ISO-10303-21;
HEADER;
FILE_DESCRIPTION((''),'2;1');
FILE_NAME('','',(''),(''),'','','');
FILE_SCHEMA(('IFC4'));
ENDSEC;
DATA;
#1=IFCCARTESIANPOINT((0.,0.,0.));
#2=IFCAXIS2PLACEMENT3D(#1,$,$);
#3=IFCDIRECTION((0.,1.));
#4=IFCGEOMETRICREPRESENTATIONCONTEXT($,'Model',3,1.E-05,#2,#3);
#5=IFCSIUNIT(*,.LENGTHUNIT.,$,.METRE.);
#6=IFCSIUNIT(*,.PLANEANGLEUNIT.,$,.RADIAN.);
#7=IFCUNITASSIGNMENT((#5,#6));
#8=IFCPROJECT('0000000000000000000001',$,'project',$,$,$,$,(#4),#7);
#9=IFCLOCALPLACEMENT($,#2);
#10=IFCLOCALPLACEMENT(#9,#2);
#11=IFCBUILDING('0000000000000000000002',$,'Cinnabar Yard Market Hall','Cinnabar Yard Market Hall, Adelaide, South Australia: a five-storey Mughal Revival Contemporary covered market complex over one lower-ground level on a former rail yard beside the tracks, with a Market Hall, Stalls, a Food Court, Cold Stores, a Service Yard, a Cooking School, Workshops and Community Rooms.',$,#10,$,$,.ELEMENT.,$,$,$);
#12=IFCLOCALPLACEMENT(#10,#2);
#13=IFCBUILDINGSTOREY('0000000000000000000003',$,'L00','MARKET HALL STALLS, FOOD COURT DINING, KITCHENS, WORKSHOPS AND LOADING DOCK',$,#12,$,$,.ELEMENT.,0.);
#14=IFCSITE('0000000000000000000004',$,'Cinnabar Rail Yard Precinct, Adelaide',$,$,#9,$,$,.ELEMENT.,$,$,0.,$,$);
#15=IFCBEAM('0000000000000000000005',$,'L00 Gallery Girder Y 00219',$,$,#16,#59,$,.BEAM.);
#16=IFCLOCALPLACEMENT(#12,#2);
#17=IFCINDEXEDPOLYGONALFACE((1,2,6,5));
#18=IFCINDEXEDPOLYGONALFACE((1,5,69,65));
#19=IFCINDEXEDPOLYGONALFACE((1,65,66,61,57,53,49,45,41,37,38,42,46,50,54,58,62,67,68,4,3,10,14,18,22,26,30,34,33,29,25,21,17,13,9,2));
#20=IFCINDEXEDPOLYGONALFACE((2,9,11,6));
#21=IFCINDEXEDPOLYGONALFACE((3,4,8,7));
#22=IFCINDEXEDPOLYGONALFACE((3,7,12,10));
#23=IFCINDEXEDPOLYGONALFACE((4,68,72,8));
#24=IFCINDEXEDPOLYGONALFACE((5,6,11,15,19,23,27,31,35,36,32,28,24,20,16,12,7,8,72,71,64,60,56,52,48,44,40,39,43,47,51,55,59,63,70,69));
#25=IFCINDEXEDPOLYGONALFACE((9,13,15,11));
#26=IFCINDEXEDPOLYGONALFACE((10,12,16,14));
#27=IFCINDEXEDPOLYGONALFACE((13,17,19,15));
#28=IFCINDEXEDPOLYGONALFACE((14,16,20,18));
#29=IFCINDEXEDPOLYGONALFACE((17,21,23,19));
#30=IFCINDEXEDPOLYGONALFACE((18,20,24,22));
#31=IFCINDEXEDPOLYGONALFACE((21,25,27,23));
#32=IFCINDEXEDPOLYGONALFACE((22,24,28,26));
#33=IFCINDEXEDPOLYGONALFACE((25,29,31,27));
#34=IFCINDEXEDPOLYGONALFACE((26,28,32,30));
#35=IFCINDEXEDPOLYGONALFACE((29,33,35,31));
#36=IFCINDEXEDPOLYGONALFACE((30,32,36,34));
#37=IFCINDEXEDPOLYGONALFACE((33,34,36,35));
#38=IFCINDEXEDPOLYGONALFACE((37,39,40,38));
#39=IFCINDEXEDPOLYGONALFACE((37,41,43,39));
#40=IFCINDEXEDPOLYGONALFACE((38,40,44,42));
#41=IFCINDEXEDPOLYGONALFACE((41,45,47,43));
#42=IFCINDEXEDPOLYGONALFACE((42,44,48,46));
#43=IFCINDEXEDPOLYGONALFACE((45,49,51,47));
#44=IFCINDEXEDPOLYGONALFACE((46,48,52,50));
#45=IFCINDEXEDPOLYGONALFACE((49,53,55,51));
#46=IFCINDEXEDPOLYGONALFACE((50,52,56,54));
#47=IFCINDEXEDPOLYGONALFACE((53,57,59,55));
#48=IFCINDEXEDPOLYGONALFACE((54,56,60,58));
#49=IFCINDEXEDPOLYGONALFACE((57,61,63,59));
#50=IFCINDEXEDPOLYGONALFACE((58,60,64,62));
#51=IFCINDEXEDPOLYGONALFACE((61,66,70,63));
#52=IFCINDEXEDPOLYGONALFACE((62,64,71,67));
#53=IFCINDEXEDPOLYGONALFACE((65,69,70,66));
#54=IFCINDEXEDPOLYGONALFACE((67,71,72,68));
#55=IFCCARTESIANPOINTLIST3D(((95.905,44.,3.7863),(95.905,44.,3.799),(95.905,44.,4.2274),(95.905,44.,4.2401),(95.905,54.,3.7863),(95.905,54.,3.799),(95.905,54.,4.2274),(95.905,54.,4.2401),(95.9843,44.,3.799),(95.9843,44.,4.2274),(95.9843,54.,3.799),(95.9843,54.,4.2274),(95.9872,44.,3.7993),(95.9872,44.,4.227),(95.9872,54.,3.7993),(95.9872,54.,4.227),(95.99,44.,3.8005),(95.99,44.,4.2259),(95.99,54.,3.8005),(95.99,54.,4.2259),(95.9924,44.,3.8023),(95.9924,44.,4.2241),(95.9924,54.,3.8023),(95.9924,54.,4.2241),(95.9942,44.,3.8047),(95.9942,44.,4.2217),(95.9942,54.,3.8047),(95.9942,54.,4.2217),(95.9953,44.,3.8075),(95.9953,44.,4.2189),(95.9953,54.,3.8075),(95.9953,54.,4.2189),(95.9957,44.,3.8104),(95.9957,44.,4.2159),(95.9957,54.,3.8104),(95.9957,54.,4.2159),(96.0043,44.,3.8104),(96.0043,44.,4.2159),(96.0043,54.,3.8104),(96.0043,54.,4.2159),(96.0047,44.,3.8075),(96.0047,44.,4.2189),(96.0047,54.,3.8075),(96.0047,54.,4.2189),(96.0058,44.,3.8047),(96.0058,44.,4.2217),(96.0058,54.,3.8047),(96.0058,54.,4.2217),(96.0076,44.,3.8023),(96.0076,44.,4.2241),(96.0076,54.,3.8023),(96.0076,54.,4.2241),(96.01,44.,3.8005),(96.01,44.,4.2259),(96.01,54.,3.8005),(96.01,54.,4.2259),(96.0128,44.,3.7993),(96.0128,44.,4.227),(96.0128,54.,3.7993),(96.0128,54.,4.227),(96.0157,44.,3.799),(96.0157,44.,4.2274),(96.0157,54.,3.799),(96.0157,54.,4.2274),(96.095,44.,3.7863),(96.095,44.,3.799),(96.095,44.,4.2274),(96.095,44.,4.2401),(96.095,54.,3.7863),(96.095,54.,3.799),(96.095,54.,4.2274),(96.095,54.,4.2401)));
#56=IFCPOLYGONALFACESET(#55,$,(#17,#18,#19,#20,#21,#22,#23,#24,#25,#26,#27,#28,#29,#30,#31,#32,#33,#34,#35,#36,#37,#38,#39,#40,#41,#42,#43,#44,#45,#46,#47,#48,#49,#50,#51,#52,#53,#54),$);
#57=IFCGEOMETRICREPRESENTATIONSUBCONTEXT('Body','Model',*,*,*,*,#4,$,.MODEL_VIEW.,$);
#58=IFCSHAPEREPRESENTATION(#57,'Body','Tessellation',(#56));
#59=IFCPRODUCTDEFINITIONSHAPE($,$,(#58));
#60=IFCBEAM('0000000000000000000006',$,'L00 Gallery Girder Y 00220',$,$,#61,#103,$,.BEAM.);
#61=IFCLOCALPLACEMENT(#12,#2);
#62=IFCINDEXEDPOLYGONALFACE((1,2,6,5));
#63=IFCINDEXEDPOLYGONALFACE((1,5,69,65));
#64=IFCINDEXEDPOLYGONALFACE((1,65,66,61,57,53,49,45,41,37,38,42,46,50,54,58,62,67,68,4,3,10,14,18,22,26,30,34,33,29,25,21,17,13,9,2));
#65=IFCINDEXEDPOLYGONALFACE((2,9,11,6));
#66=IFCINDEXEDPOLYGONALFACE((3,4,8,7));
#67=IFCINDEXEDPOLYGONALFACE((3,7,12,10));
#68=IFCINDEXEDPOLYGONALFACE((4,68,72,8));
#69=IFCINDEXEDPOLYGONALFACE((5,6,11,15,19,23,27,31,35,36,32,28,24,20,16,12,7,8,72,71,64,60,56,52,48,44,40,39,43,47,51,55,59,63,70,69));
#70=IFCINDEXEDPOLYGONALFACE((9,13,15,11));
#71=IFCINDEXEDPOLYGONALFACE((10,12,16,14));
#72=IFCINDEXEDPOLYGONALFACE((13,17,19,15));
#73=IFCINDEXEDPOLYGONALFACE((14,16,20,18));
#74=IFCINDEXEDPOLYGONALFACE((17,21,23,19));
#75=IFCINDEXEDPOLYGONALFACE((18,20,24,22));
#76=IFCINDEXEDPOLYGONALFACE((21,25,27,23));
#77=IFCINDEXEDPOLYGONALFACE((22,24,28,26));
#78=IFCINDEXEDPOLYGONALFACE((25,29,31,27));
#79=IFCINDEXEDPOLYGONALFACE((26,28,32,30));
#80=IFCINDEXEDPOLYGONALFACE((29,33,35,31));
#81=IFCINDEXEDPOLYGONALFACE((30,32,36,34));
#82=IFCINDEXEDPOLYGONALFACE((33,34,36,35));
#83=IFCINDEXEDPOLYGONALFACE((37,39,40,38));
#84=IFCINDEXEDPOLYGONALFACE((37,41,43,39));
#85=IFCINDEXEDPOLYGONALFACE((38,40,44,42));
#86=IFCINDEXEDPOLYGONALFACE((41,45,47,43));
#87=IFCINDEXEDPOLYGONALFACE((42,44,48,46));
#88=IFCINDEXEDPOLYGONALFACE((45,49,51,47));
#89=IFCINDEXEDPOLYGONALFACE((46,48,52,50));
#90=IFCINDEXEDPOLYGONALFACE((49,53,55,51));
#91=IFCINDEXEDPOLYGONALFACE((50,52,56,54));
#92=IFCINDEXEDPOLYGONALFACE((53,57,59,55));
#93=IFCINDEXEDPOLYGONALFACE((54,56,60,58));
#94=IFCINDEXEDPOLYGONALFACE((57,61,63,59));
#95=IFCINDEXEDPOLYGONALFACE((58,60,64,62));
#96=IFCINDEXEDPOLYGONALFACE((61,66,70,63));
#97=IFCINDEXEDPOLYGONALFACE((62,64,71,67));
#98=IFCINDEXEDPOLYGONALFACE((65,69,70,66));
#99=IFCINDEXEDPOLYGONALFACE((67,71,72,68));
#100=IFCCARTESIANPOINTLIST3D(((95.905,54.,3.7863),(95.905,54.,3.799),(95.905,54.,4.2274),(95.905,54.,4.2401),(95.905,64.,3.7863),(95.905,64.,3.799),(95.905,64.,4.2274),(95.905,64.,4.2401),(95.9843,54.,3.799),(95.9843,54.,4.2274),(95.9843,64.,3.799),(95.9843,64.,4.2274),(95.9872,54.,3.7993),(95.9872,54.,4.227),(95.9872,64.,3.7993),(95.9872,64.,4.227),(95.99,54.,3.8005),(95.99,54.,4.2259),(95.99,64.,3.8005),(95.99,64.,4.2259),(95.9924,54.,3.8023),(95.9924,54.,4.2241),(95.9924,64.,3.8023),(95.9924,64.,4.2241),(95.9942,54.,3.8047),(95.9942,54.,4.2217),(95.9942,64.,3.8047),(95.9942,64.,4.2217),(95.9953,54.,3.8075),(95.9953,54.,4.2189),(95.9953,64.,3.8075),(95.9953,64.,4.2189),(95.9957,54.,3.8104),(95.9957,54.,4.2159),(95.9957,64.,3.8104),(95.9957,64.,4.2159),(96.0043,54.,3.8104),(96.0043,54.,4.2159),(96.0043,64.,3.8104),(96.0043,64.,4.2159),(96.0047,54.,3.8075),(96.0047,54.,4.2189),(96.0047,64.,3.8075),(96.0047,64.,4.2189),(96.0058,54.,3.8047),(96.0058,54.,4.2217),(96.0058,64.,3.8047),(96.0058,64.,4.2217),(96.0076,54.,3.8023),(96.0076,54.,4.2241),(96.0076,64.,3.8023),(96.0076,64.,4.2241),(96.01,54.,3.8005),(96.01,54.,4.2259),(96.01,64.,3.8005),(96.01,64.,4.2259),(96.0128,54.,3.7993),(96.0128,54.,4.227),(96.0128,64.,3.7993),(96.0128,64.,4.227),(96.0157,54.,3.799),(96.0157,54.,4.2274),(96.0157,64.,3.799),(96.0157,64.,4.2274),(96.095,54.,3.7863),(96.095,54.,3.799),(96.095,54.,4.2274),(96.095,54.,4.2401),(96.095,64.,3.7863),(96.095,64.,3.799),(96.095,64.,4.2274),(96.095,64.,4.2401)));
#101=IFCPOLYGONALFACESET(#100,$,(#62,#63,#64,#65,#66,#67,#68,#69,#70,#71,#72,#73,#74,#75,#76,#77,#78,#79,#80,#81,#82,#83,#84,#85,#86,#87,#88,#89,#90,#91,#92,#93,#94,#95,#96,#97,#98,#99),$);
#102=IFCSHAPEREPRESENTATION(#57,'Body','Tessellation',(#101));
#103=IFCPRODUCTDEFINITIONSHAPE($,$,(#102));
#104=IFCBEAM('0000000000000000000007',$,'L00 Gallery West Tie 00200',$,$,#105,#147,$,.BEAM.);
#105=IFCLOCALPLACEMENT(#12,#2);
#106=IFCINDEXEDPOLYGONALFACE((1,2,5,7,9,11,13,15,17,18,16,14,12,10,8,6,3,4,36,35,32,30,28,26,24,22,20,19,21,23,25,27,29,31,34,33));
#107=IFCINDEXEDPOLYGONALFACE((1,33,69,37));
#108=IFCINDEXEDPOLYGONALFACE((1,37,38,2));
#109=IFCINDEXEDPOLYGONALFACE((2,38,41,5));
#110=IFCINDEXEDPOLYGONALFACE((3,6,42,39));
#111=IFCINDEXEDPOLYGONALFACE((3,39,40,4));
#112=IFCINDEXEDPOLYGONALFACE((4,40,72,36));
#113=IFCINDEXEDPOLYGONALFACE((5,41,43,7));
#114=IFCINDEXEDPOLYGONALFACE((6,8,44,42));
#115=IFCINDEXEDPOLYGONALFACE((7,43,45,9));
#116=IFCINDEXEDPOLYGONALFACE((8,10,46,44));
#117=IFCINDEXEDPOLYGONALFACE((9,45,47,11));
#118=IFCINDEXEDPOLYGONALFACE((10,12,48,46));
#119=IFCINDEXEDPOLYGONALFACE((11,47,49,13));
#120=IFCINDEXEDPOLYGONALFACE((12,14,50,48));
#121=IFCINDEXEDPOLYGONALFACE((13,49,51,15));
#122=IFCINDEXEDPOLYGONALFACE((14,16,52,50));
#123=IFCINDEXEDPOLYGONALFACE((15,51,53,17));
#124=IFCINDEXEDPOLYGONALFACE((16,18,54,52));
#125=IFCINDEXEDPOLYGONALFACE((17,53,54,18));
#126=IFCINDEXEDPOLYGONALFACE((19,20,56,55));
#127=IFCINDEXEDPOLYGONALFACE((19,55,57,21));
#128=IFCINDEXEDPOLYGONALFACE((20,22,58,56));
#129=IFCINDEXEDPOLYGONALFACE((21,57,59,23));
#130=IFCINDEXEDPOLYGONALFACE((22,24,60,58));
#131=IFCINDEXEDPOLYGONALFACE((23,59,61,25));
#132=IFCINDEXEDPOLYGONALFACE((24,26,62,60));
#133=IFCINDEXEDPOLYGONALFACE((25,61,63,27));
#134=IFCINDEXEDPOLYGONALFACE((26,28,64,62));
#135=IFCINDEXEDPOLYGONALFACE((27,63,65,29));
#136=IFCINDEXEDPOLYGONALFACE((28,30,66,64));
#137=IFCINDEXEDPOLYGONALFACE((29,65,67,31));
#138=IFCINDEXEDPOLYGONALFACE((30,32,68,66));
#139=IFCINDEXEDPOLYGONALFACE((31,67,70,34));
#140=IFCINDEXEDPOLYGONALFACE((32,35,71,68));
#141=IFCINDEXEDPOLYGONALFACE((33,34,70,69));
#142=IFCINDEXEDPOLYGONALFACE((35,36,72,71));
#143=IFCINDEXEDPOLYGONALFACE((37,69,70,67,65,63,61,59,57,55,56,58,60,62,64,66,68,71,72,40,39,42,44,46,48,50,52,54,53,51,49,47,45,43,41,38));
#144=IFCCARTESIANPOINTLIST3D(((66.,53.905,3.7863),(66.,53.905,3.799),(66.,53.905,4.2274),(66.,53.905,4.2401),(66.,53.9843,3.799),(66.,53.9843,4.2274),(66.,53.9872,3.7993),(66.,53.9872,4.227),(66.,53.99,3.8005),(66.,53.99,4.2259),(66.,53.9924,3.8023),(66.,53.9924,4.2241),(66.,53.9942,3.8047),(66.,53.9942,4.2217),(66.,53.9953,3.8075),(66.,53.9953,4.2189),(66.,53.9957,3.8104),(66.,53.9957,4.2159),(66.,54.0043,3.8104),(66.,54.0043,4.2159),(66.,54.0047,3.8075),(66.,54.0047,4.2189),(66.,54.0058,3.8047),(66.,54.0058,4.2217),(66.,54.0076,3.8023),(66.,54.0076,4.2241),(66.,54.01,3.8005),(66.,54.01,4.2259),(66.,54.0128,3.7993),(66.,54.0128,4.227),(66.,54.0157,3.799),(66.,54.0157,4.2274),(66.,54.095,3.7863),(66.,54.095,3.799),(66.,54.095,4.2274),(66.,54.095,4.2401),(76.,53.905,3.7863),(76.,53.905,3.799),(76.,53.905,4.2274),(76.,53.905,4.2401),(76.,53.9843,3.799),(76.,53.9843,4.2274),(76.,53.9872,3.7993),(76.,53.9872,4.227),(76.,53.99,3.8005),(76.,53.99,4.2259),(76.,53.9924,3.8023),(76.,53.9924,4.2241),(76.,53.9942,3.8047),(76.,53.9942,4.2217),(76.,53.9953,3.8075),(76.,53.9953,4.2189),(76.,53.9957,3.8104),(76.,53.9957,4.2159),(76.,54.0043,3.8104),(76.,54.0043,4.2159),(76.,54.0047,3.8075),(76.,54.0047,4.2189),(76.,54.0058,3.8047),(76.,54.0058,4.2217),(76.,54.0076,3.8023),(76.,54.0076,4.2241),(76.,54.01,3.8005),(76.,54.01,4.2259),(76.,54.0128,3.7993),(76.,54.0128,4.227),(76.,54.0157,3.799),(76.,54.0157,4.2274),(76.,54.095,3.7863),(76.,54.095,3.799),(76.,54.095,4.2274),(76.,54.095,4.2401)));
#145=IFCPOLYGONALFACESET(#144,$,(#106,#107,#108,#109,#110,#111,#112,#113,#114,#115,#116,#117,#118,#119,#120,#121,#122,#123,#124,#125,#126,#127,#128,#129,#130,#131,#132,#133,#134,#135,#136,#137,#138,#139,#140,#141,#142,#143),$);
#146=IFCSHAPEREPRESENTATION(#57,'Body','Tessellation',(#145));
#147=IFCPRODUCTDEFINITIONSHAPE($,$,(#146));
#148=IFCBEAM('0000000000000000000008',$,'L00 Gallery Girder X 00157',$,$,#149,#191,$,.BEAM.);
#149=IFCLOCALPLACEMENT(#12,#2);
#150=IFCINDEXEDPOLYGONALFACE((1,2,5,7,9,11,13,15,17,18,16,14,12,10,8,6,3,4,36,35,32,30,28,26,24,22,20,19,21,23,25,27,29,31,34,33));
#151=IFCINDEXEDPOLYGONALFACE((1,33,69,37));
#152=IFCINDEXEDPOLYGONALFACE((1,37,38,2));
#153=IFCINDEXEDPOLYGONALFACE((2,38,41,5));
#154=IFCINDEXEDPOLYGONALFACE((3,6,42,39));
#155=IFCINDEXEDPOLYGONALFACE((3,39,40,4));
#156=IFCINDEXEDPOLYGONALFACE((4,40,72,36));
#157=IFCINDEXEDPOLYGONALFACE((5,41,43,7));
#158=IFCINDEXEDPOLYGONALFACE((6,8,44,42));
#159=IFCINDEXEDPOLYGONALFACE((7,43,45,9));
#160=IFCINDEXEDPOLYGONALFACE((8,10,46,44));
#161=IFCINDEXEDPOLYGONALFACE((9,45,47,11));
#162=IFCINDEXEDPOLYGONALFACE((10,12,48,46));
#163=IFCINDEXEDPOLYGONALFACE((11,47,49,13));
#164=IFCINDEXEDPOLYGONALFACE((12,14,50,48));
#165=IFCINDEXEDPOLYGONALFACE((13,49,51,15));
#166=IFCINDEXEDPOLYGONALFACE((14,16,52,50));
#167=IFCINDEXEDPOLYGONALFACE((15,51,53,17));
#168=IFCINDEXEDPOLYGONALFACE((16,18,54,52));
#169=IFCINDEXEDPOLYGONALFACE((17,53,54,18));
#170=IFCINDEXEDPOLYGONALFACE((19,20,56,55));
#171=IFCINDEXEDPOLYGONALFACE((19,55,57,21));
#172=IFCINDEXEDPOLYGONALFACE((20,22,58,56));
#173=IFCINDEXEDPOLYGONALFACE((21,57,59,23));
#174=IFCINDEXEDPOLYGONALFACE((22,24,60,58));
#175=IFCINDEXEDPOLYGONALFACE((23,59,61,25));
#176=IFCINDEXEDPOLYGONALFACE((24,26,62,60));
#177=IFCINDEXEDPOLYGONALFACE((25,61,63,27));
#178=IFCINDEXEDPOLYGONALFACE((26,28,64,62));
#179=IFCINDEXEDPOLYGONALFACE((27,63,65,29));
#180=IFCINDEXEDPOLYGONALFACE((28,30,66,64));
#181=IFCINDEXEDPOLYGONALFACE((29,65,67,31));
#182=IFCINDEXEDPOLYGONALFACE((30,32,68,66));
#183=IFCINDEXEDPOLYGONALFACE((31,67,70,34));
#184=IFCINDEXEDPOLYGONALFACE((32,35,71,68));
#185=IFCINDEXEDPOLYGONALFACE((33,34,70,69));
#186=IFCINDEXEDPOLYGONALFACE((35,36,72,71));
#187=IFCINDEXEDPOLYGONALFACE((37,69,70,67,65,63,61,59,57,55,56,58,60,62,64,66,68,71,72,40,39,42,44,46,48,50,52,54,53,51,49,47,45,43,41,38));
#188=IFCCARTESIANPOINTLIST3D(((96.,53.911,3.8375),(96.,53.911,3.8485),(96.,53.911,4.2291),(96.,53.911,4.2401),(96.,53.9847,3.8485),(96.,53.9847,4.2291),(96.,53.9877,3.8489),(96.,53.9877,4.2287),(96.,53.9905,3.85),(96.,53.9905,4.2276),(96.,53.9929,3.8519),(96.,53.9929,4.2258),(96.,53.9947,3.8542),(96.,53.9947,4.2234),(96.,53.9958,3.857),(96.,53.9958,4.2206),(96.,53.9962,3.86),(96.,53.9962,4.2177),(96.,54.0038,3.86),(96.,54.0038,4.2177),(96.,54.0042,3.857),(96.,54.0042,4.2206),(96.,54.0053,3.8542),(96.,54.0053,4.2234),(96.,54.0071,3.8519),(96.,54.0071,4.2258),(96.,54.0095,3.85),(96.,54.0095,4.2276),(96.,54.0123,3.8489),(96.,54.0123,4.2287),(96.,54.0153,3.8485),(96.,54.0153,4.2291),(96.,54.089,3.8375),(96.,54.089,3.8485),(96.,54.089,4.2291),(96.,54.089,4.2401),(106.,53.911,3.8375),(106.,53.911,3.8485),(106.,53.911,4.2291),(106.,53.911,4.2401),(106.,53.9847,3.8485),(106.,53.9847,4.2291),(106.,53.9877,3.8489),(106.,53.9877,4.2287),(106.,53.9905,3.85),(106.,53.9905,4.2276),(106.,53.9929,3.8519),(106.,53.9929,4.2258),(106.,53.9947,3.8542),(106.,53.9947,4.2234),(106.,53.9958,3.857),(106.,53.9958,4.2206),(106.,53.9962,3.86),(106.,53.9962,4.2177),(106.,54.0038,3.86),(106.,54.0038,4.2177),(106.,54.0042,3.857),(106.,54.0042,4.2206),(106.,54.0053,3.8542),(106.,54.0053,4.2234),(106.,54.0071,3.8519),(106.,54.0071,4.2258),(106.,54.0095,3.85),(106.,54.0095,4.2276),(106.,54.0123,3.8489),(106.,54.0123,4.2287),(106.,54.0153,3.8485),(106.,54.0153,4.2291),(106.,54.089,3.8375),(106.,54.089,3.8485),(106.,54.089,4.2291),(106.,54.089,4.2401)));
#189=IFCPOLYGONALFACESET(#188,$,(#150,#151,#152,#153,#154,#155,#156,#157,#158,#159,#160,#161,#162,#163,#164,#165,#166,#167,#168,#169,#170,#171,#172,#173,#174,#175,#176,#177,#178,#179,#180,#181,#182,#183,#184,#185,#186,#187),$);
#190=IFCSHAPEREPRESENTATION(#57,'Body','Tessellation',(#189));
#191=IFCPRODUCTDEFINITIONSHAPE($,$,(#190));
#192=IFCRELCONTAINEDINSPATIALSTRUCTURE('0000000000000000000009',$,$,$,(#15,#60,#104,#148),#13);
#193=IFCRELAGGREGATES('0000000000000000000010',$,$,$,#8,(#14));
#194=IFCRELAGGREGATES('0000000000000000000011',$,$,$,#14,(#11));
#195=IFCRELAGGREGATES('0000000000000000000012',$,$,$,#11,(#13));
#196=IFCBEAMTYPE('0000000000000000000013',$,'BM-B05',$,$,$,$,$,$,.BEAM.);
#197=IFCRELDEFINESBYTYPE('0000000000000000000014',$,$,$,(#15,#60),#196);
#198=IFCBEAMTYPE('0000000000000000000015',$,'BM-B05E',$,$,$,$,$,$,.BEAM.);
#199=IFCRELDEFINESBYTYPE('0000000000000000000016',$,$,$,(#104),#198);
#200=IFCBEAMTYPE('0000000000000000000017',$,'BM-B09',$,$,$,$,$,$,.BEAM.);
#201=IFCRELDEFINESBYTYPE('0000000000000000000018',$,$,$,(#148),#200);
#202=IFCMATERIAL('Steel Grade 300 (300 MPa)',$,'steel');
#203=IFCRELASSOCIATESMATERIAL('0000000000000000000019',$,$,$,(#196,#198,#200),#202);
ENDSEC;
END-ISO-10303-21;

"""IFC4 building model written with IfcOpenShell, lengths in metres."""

from ifc_helpers import new_model, si_unit, direction, frame, origin, origin_2d_with_axis, place, context, subcontext, project, spatial, i_section, extrude, material, material_profile, profile_set, type_object, element, save


model = new_model("IFC4")

# Units and contexts
model_context = context("Model", 3, precision=1e-05, world=origin(), true_north=direction((0.0, 1.0)))
body_context = subcontext(model_context, "Body", "Model", "MODEL_VIEW")
ifc_project = project(units=[si_unit("LENGTHUNIT", "METRE"), si_unit("PLANEANGLEUNIT", "RADIAN")], contexts=[model_context])

# Site, building, storey
site_placement = place(None, origin())
site = spatial("IfcSite", under=ifc_project, at=site_placement, Name="Cinnabar Rail Yard Precinct, Adelaide", CompositionType="ELEMENT", RefElevation=0.0)
building_placement = place(site_placement, origin())
building = spatial("IfcBuilding", under=site, at=building_placement, Name="Cinnabar Yard Market Hall", Description="Cinnabar Yard Market Hall, Adelaide, South Australia: a five-storey Mughal Revival Contemporary covered market complex over one lower-ground level on a former rail yard beside the tracks, with a Market Hall, Stalls, a Food Court, Cold Stores, a Service Yard, a Cooking School, Workshops and Community Rooms.", CompositionType="ELEMENT")
storey_placement = place(building_placement, origin())
storey = spatial("IfcBuildingStorey", under=building, at=storey_placement, Name="L00", Description="MARKET HALL STALLS, FOOD COURT DINING, KITCHENS, WORKSHOPS AND LOADING DOCK", CompositionType="ELEMENT", Elevation=0.0)

# Beams
ifc_material_1 = material(Name="Steel Grade 300 (300 MPa)", Category="steel")
ifc_material_profile_1 = material_profile(ifc_material_1, i_section(OverallWidth=0.1899, OverallDepth=0.4539, WebThickness=0.0085, FlangeThickness=0.0127, FilletRadius=0.0115, at=origin_2d_with_axis()), Name="460UB67.1")
ifc_profile_set_1 = profile_set([ifc_material_profile_1], Name="Steel Grade 300 (300 MPa)")
beam_type_1 = type_object("IfcBeamType", Name="BM-B05", PredefinedType="BEAM", material=ifc_profile_set_1)
for number, where, z_axis, x_axis, name in (
    (1, (96.0, 44.0, 4.0132), (0.0, 1.0, 0.0), (-1.0, 0.0, 0.0), "L00 Gallery Girder Y 00219"),
    (2, (96.0, 54.0, 4.0132), (0.0, 1.0, 0.0), (-1.0, 0.0, 0.0), "L00 Gallery Girder Y 00220"),
):
    element("IfcBeam", number, at=place(storey_placement, frame(where, z_axis=z_axis, x_axis=x_axis)), inside=storey, type_object=beam_type_1, Name=name, PredefinedType="BEAM", context=body_context, shape_type="SweptSolid", body=[
        extrude(i_section(OverallWidth=0.1899, OverallDepth=0.4539, WebThickness=0.0085, FlangeThickness=0.0127, FilletRadius=0.0115, at=origin_2d_with_axis()), origin(), (0.0, 0.0, 1.0), 10.0),
    ])
ifc_material_profile_2 = material_profile(ifc_material_1, i_section(OverallWidth=0.1899, OverallDepth=0.4539, WebThickness=0.0085, FlangeThickness=0.0127, FilletRadius=0.0115, at=origin_2d_with_axis()), Name="460UB67.1")
ifc_profile_set_2 = profile_set([ifc_material_profile_2], Name="Steel Grade 300 (300 MPa)")
beam_type_2 = type_object("IfcBeamType", Name="BM-B05E", PredefinedType="BEAM", material=ifc_profile_set_2)
beam_1_placement = place(storey_placement, frame((76.0, 54.0, 4.0132), z_axis=(-1.0, 0.0, 0.0), x_axis=(0.0, -1.0, 0.0)))
element("IfcBeam", 3, at=beam_1_placement, inside=storey, type_object=beam_type_2, Name="L00 Gallery West Tie 00200", PredefinedType="BEAM", context=body_context, shape_type="SweptSolid", body=[
    extrude(i_section(OverallWidth=0.1899, OverallDepth=0.4539, WebThickness=0.0085, FlangeThickness=0.0127, FilletRadius=0.0115, at=origin_2d_with_axis()), origin(), (0.0, 0.0, 1.0), 10.0),
])
ifc_material_profile_3 = material_profile(ifc_material_1, i_section(OverallWidth=0.178, OverallDepth=0.4026, WebThickness=0.0076, FlangeThickness=0.011, FilletRadius=0.0115, at=origin_2d_with_axis()), Name="410UB53.7")
ifc_profile_set_3 = profile_set([ifc_material_profile_3], Name="Steel Grade 300 (300 MPa)")
beam_type_3 = type_object("IfcBeamType", Name="BM-B09", PredefinedType="BEAM", material=ifc_profile_set_3)
beam_2_placement = place(storey_placement, frame((96.0, 54.0, 4.0388), z_axis=(1.0, 0.0, 0.0), x_axis=(0.0, 1.0, 0.0)))
element("IfcBeam", 4, at=beam_2_placement, inside=storey, type_object=beam_type_3, Name="L00 Gallery Girder X 00157", PredefinedType="BEAM", context=body_context, shape_type="SweptSolid", body=[
    extrude(i_section(OverallWidth=0.178, OverallDepth=0.4026, WebThickness=0.0076, FlangeThickness=0.011, FilletRadius=0.0115, at=origin_2d_with_axis()), origin(), (0.0, 0.0, 1.0), 10.0),
])

save(model, "model.ifc")
